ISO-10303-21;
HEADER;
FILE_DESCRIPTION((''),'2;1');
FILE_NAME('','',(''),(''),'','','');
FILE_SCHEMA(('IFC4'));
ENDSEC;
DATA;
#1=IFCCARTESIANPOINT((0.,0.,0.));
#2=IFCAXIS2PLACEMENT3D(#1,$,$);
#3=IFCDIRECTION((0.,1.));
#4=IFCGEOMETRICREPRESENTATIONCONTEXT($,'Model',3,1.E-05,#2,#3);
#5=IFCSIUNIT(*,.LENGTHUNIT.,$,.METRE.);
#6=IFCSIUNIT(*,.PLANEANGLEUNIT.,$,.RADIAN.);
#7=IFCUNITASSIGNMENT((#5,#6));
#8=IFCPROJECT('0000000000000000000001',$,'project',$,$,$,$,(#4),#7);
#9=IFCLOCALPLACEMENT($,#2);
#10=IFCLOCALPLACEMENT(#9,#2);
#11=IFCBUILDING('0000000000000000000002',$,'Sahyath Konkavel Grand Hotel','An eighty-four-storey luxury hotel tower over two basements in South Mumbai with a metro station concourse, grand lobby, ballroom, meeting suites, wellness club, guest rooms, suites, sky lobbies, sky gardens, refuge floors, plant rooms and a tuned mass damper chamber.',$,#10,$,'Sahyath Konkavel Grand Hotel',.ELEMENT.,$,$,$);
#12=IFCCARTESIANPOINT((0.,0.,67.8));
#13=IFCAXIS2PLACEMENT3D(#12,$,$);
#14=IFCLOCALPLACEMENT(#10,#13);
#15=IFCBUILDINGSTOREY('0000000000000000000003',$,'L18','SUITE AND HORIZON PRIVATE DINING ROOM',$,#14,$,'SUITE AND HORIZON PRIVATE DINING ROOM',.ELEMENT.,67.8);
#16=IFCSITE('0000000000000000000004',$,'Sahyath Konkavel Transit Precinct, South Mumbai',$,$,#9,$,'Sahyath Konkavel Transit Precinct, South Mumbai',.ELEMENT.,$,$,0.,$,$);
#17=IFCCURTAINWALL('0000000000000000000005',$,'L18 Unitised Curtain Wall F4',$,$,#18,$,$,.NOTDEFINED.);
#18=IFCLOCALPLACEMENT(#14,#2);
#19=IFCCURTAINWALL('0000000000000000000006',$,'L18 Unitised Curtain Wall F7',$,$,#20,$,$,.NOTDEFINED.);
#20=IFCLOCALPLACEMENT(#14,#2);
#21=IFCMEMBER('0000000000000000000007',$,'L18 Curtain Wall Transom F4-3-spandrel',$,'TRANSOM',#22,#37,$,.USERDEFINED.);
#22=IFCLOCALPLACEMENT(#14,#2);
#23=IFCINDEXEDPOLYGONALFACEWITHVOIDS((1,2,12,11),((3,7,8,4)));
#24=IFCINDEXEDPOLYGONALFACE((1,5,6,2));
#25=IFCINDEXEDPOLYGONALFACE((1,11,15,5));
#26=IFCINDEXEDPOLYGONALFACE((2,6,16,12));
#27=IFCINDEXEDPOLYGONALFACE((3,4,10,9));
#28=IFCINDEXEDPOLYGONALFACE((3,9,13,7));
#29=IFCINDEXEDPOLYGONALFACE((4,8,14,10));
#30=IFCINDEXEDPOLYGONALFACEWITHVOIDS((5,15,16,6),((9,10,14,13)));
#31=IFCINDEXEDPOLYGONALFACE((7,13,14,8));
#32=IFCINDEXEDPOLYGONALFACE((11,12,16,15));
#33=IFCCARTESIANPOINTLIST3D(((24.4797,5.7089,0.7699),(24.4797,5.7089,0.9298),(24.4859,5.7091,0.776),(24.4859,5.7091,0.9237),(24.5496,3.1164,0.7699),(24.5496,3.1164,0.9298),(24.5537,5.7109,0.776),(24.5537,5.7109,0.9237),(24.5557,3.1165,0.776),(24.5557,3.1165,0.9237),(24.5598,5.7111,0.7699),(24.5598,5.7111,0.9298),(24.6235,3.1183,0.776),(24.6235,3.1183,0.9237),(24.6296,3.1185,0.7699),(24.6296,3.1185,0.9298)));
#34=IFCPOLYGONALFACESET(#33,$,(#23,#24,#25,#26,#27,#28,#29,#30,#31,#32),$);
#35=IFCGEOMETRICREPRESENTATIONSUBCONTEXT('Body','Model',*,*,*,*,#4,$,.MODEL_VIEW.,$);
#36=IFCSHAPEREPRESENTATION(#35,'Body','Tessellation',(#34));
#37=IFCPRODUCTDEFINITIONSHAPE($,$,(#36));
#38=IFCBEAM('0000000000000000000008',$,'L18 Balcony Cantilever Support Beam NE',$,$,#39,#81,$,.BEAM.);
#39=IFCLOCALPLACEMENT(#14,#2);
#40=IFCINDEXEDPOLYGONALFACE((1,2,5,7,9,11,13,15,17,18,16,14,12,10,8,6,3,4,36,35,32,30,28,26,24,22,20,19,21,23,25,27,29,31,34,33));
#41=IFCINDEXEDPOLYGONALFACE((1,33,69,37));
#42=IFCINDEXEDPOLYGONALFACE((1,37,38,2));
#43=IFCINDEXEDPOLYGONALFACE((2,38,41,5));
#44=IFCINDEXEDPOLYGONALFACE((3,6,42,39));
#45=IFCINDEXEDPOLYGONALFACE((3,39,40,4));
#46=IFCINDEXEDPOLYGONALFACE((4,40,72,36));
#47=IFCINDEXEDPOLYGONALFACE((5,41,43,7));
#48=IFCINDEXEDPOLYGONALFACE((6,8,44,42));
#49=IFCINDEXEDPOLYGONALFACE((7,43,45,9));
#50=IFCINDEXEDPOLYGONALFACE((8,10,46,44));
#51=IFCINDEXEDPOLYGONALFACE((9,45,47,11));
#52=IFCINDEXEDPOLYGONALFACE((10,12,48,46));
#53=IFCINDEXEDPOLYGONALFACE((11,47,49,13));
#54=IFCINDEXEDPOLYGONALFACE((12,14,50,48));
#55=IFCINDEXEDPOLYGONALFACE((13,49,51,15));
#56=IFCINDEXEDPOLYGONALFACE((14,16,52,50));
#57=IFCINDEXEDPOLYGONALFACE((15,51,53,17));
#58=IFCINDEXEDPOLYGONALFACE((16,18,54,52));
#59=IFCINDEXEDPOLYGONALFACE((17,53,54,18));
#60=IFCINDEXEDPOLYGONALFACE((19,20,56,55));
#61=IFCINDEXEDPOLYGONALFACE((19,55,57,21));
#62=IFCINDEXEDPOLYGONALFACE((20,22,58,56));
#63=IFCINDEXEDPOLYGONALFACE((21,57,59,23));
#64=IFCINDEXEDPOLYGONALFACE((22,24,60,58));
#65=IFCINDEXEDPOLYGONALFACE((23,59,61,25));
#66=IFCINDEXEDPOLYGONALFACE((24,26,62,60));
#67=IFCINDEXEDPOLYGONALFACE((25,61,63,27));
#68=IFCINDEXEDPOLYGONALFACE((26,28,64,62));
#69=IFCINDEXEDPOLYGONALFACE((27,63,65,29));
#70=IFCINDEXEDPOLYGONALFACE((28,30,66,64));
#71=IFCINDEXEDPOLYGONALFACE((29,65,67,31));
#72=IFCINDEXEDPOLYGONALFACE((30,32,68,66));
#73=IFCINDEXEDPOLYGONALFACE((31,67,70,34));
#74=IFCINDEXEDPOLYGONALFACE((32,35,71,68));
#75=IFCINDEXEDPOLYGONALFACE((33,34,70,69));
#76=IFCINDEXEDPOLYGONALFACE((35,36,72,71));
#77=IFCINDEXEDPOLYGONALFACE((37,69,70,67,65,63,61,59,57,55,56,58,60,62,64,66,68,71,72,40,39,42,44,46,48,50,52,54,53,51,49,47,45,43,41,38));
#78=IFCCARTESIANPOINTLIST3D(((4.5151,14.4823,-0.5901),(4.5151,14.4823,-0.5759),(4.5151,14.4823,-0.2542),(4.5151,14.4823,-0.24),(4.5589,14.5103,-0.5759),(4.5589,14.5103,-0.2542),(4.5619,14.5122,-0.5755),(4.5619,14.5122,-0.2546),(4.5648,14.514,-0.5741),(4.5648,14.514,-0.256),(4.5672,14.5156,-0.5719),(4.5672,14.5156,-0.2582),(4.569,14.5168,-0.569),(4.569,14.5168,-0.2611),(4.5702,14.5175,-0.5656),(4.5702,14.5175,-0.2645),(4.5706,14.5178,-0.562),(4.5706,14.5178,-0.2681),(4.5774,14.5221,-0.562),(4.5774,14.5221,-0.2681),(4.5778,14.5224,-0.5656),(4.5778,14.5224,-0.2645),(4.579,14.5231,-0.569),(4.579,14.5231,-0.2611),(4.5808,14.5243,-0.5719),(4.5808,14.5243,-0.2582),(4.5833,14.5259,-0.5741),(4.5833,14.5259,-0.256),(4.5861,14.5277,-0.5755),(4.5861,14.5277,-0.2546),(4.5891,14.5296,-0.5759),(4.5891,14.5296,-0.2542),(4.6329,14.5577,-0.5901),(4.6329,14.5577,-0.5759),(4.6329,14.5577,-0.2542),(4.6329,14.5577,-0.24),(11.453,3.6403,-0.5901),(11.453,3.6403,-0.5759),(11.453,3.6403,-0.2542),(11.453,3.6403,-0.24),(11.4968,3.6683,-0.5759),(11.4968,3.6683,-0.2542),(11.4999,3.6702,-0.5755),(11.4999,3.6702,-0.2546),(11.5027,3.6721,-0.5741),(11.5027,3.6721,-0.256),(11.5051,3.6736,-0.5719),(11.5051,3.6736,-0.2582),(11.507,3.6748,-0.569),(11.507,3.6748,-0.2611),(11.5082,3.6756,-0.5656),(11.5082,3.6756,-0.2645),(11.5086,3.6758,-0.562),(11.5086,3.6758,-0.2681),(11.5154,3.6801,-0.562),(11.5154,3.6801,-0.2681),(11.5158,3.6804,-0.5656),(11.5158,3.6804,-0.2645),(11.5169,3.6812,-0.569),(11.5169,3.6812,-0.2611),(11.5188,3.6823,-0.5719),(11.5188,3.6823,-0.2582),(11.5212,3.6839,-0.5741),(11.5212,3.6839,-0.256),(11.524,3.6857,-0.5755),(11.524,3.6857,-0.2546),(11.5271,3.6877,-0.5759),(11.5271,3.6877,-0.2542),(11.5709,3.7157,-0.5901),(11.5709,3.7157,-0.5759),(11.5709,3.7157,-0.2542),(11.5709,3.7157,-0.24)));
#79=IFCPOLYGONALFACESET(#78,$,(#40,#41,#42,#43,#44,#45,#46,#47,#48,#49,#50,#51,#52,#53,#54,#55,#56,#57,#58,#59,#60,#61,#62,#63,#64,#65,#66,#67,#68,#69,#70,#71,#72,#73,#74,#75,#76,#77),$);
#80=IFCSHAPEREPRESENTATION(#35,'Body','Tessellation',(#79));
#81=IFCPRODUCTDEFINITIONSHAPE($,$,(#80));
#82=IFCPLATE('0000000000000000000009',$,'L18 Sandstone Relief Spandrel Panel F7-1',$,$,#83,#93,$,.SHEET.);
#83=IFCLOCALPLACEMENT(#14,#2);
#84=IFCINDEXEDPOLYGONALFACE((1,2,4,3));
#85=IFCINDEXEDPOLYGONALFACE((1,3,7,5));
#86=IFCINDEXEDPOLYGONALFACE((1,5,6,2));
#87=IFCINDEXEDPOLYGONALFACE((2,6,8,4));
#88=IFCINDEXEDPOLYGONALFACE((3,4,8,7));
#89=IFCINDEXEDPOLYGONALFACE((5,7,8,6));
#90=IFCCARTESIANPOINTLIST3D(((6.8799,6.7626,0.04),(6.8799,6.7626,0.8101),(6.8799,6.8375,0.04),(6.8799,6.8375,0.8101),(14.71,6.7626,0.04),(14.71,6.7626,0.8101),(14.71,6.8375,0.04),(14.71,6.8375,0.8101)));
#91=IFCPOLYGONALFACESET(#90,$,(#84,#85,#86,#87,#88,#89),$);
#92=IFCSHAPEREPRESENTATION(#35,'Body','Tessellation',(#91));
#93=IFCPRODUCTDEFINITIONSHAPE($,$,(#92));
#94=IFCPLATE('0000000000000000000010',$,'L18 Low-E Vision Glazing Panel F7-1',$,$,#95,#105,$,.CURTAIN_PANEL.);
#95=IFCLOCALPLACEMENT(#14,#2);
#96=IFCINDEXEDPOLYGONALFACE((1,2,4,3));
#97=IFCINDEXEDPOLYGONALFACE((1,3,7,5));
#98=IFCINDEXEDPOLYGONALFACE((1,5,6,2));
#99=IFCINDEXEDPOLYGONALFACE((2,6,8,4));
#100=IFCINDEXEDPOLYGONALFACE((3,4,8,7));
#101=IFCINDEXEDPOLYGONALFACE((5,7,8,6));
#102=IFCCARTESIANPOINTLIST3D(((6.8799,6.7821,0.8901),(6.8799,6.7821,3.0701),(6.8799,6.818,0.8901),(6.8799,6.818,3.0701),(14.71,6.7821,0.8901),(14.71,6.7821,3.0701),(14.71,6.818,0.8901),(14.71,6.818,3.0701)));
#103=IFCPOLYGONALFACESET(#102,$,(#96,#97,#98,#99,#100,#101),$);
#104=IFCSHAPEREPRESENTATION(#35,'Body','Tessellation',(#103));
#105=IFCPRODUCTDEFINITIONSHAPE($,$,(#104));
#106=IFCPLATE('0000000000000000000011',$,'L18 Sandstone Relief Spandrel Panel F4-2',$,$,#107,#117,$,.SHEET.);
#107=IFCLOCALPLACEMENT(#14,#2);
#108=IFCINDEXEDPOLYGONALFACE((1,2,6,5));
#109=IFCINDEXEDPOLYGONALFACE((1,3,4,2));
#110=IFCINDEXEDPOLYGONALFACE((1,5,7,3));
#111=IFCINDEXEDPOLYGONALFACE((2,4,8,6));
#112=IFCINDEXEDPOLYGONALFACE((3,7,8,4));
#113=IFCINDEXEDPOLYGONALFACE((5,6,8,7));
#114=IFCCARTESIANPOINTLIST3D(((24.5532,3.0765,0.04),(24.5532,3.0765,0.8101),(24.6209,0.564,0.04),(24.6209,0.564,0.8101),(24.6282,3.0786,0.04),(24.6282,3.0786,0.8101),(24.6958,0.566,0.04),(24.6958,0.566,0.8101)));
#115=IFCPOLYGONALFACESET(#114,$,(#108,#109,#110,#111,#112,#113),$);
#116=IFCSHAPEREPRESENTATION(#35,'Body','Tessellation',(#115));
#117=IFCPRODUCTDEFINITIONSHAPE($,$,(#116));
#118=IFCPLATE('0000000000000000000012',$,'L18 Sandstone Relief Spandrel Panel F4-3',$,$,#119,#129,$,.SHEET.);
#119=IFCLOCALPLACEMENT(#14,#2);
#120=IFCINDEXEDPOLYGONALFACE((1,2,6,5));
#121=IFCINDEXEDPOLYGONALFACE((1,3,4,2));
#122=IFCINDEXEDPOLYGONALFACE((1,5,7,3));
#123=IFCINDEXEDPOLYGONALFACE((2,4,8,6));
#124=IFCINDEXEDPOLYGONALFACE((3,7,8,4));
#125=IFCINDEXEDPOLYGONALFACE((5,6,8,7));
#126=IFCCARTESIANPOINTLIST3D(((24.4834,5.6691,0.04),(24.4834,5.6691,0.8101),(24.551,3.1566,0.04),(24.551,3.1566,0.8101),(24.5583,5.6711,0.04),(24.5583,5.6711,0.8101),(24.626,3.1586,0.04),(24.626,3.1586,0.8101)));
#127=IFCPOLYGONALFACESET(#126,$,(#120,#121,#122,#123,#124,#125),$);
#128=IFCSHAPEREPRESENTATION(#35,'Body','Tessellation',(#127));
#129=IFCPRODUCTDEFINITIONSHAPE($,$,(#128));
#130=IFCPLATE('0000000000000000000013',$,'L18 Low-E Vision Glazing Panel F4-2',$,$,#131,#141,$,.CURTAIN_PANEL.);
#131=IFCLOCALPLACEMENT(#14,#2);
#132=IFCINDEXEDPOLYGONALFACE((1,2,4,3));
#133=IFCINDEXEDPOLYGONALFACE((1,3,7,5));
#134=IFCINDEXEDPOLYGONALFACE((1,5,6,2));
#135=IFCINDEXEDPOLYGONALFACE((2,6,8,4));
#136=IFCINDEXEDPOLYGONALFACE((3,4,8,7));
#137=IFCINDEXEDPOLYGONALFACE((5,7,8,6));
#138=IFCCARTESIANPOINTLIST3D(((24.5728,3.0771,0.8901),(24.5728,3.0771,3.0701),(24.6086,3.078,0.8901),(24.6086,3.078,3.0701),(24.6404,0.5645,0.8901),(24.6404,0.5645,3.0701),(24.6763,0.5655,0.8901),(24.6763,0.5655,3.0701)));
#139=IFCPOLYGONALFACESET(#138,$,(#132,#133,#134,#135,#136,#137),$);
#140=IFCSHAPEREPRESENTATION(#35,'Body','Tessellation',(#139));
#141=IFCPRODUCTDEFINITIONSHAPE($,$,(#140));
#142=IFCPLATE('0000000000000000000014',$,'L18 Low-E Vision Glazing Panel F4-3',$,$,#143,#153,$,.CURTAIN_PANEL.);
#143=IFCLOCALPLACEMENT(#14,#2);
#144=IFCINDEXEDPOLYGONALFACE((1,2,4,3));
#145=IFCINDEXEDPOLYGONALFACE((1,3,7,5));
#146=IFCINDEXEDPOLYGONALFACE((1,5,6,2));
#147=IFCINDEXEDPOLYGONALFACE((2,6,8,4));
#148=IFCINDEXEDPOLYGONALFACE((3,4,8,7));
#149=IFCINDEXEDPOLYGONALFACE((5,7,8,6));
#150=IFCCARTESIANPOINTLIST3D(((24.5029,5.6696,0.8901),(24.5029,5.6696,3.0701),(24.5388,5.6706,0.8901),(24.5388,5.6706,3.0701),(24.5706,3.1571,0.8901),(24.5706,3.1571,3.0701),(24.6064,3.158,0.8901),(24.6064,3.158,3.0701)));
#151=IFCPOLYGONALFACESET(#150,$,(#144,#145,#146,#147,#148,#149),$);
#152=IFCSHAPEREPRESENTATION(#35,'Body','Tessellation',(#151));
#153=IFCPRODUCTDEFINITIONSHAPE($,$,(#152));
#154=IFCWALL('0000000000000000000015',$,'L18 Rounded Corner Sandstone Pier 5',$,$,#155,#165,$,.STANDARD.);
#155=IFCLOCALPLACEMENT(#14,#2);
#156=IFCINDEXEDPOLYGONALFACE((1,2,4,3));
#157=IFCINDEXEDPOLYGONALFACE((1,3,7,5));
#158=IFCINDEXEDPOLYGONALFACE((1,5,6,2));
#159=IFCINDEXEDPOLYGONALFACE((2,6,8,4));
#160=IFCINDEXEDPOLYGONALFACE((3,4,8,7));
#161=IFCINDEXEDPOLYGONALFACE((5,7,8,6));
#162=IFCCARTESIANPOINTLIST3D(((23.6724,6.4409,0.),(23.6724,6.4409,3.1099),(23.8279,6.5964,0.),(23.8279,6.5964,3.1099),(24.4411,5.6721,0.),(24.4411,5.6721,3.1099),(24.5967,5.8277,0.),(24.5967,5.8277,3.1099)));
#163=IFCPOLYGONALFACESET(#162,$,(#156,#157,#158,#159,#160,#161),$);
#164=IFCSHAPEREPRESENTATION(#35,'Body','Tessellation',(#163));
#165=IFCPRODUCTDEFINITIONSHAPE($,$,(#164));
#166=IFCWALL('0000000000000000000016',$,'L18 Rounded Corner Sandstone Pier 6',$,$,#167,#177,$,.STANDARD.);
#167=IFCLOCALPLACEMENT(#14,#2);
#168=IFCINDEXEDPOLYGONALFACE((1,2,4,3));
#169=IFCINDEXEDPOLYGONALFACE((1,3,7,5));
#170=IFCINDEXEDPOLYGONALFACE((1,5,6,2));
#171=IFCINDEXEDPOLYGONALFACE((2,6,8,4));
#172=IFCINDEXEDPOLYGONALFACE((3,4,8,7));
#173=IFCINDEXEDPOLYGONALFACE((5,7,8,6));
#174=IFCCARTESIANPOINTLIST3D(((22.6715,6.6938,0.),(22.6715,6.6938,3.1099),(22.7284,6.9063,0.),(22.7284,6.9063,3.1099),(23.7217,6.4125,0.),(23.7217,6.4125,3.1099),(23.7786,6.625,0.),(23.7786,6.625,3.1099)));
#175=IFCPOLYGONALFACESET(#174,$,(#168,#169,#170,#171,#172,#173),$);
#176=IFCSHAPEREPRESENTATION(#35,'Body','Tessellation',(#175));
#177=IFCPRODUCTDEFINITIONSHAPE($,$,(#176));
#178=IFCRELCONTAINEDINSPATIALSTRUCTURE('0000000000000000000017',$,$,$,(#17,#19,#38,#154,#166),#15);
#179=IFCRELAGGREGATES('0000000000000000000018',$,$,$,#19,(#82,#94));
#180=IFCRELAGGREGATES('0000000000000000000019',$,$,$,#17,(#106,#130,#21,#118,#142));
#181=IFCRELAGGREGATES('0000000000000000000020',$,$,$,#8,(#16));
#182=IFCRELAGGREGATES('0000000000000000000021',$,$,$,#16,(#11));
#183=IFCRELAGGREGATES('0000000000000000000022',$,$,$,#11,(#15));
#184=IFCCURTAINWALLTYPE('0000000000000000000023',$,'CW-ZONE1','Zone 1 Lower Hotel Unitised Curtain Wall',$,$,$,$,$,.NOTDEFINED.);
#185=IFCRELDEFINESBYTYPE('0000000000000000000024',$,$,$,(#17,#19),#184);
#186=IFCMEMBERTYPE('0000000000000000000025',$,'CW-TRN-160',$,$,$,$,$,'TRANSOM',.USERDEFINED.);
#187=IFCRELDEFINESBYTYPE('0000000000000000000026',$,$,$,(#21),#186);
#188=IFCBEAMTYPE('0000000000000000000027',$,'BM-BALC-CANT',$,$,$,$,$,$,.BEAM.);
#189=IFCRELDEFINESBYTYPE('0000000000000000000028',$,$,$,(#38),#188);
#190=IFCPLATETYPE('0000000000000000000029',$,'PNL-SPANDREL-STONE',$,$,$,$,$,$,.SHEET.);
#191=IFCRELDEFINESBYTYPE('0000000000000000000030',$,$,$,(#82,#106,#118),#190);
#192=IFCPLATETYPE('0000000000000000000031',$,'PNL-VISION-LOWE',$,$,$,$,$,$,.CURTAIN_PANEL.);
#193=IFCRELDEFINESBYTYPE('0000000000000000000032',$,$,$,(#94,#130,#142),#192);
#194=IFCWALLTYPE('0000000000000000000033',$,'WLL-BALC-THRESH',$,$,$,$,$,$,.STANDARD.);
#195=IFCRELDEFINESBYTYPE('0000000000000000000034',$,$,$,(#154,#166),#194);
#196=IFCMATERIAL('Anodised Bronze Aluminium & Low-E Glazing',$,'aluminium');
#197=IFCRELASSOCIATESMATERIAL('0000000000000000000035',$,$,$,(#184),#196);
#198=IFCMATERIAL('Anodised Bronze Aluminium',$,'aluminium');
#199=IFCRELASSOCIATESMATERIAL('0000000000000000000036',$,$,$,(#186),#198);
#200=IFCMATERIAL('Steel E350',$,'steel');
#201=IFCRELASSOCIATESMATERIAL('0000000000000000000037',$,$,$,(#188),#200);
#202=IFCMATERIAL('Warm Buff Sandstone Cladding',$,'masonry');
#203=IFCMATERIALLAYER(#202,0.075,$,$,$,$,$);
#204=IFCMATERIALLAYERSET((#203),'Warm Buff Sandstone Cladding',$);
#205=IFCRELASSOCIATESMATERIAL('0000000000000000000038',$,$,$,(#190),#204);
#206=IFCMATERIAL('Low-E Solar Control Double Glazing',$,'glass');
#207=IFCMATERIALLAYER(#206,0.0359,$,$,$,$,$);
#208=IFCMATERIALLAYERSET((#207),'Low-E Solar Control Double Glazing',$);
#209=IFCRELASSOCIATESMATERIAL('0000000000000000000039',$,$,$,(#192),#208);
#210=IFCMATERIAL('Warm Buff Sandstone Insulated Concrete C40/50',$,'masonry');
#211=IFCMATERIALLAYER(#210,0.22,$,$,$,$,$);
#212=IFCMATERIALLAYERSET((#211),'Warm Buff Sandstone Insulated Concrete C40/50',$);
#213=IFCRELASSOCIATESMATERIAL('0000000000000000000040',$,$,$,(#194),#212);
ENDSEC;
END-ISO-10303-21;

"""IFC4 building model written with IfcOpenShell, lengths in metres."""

from ifc_helpers import new_model, si_unit, direction, frame, frame_2d, origin, origin_2d, place, context, subcontext, project, spatial, rectangle, hollow_rectangle, i_section, extrude, source, transform, mapped, material, layer, layer_set, material_profile, profile_set, type_object, element, aggregate, save


model = new_model("IFC4")

# Units and contexts
model_context = context("Model", 3, precision=1e-05, world=origin(), true_north=direction((0.0, 1.0)))
body_context = subcontext(model_context, "Body", "Model", "MODEL_VIEW")
ifc_project = project(units=[si_unit("LENGTHUNIT", "METRE"), si_unit("PLANEANGLEUNIT", "RADIAN")], contexts=[model_context])

# Site, building, storey
site_placement = place(None, origin())
site = spatial("IfcSite", under=ifc_project, at=site_placement, Name="Sahyath Konkavel Transit Precinct, South Mumbai", LongName="Sahyath Konkavel Transit Precinct, South Mumbai", CompositionType="ELEMENT", RefElevation=0.0)
building_placement = place(site_placement, origin())
building = spatial("IfcBuilding", under=site, at=building_placement, Name="Sahyath Konkavel Grand Hotel", Description="An eighty-four-storey luxury hotel tower over two basements in South Mumbai with a metro station concourse, grand lobby, ballroom, meeting suites, wellness club, guest rooms, suites, sky lobbies, sky gardens, refuge floors, plant rooms and a tuned mass damper chamber.", LongName="Sahyath Konkavel Grand Hotel", CompositionType="ELEMENT")
storey_placement = place(building_placement, frame((0.0, 0.0, 67.8)))
storey = spatial("IfcBuildingStorey", under=building, at=storey_placement, Name="L18", Description="SUITE AND HORIZON PRIVATE DINING ROOM", LongName="SUITE AND HORIZON PRIVATE DINING ROOM", CompositionType="ELEMENT", Elevation=67.8)

# Shared definitions
ifc_material_1 = material(Name="Steel E350", Category="steel")

# Curtain walls
ifc_material_2 = material(Name="Anodised Bronze Aluminium & Low-E Glazing", Category="aluminium")
curtain_wall_type = type_object("IfcCurtainWallType", Name="CW-ZONE1", Description="Zone 1 Lower Hotel Unitised Curtain Wall", PredefinedType="NOTDEFINED", material=ifc_material_2)
curtain_wall_1_placement = place(storey_placement, origin())
curtain_wall_1 = element("IfcCurtainWall", 1, at=curtain_wall_1_placement, inside=storey, type_object=curtain_wall_type, Name="L18 Unitised Curtain Wall F4", PredefinedType="NOTDEFINED")
ifc_material_3 = material(Name="Anodised Bronze Aluminium", Category="aluminium")
curtain_wall_2_placement = place(storey_placement, origin())
curtain_wall_2 = element("IfcCurtainWall", 2, at=curtain_wall_2_placement, inside=storey, type_object=curtain_wall_type, Name="L18 Unitised Curtain Wall F7", PredefinedType="NOTDEFINED")

# Member
ifc_material_profile_1 = material_profile(ifc_material_3, hollow_rectangle(XDim=0.0801, YDim=0.1599, WallThickness=0.0061, at=origin_2d()), Name="RHS 160x80x6")
ifc_profile_set_1 = profile_set([ifc_material_profile_1], Name="Anodised Bronze Aluminium")
member_type_1 = type_object("IfcMemberType", Name="CW-TRN-160", ElementType="TRANSOM", PredefinedType="USERDEFINED", material=ifc_profile_set_1)
shared_shape_1 = source(origin(), body_context, "Body", "SweptSolid", [
    extrude(hollow_rectangle(XDim=0.0801, YDim=0.1599, WallThickness=0.0061, at=origin_2d()), origin(), (0.0, 0.0, 1.0), 2.5935),
])
member_1_placement = place(storey_placement, frame((24.5896, 3.1174, 0.8499), z_axis=(-0.026923, 0.999638, 0.0), x_axis=(-0.999638, -0.026923, 0.0)))
member_1 = element("IfcMember", 3, at=member_1_placement, type_object=member_type_1, Name="L18 Curtain Wall Transom F4-3-spandrel", ObjectType="TRANSOM", PredefinedType="USERDEFINED", context=body_context, shape_type="MappedRepresentation", body=[
    mapped(shared_shape_1, transform((0.0, 0.0, 0.0), scale=1.0)),
])

# Beam
ifc_material_profile_2 = material_profile(ifc_material_1, i_section(OverallWidth=0.1399, OverallDepth=0.3501, WebThickness=0.0081, FlangeThickness=0.0142, FilletRadius=0.0139, at=origin_2d()), Name="ISMB 350")
ifc_profile_set_2 = profile_set([ifc_material_profile_2], Name="Steel E350")
beam_type_1 = type_object("IfcBeamType", Name="BM-BALC-CANT", PredefinedType="BEAM", material=ifc_profile_set_2)
shared_shape_2 = source(origin(), body_context, "Body", "SweptSolid", [
    extrude(i_section(OverallWidth=0.1399, OverallDepth=0.3501, WebThickness=0.0081, FlangeThickness=0.0142, FilletRadius=0.0139, at=origin_2d()), origin(), (0.0, 0.0, 1.0), 12.8718),
])
beam_1_placement = place(storey_placement, frame((11.512, 3.678, -0.415), z_axis=(-0.539003, 0.842304, 0.0), x_axis=(-0.842304, -0.539003, 0.0)))
element("IfcBeam", 4, at=beam_1_placement, inside=storey, type_object=beam_type_1, Name="L18 Balcony Cantilever Support Beam NE", PredefinedType="BEAM", context=body_context, shape_type="MappedRepresentation", body=[
    mapped(shared_shape_2, transform((0.0, 0.0, 0.0), scale=1.0)),
])

# Plates
ifc_material_4 = material(Name="Warm Buff Sandstone Cladding", Category="masonry")
ifc_layer_1 = layer(ifc_material_4, 0.075)
ifc_layer_set_1 = layer_set([ifc_layer_1], Name="Warm Buff Sandstone Cladding")
plate_type_1 = type_object("IfcPlateType", Name="PNL-SPANDREL-STONE", PredefinedType="SHEET", material=ifc_layer_set_1)
shared_shape_3 = source(origin(), body_context, "Body", "SweptSolid", [
    extrude(rectangle(XDim=7.8301, YDim=0.075, at=origin_2d()), origin(), (0.0, 0.0, 1.0), 0.77),
])
plate_1_placement = place(storey_placement, frame((10.7949, 6.8, 0.04), z_axis=(0.0, 0.0, 1.0), x_axis=(-1.0, 0.0, 0.0)))
plate_1 = element("IfcPlate", 5, at=plate_1_placement, type_object=plate_type_1, Name="L18 Sandstone Relief Spandrel Panel F7-1", PredefinedType="SHEET", context=body_context, shape_type="MappedRepresentation", body=[
    mapped(shared_shape_3, transform((0.0, 0.0, 0.0), scale=1.0)),
])
ifc_material_5 = material(Name="Low-E Solar Control Double Glazing", Category="glass")
ifc_layer_2 = layer(ifc_material_5, 0.0359)
ifc_layer_set_2 = layer_set([ifc_layer_2], Name="Low-E Solar Control Double Glazing")
plate_type_2 = type_object("IfcPlateType", Name="PNL-VISION-LOWE", PredefinedType="CURTAIN_PANEL", material=ifc_layer_set_2)
shared_shape_4 = source(origin(), body_context, "Body", "SweptSolid", [
    extrude(rectangle(XDim=7.8301, YDim=0.0359, at=origin_2d()), origin(), (0.0, 0.0, 1.0), 2.1799),
])
plate_2_placement = place(storey_placement, frame((10.7949, 6.8, 0.8901), z_axis=(0.0, 0.0, 1.0), x_axis=(-1.0, 0.0, 0.0)))
plate_2 = element("IfcPlate", 6, at=plate_2_placement, type_object=plate_type_2, Name="L18 Low-E Vision Glazing Panel F7-1", PredefinedType="CURTAIN_PANEL", context=body_context, shape_type="MappedRepresentation", body=[
    mapped(shared_shape_4, transform((0.0, 0.0, 0.0), scale=1.0)),
])
aggregate(curtain_wall_2, [plate_1, plate_2])
shared_shape_5 = source(origin(), body_context, "Body", "SweptSolid", [
    extrude(rectangle(XDim=2.5134, YDim=0.075, at=origin_2d()), origin(), (0.0, 0.0, 1.0), 0.77),
])
plate_3_placement = place(storey_placement, frame((24.6245, 1.8213, 0.04), z_axis=(0.0, 0.0, 1.0), x_axis=(-0.02691, 0.999638, 0.0)))
plate_3 = element("IfcPlate", 7, at=plate_3_placement, type_object=plate_type_1, Name="L18 Sandstone Relief Spandrel Panel F4-2", PredefinedType="SHEET", context=body_context, shape_type="MappedRepresentation", body=[
    mapped(shared_shape_5, transform((0.0, 0.0, 0.0), scale=1.0)),
])
plate_4_placement = place(storey_placement, frame((24.5547, 4.4138, 0.04), z_axis=(0.0, 0.0, 1.0), x_axis=(-0.02691, 0.999638, 0.0)))
plate_4 = element("IfcPlate", 8, at=plate_4_placement, type_object=plate_type_1, Name="L18 Sandstone Relief Spandrel Panel F4-3", PredefinedType="SHEET", context=body_context, shape_type="MappedRepresentation", body=[
    mapped(shared_shape_5, transform((0.0, 0.0, 0.0), scale=1.0)),
])
shared_shape_6 = source(origin(), body_context, "Body", "SweptSolid", [
    extrude(rectangle(XDim=2.5134, YDim=0.0359, at=origin_2d()), origin(), (0.0, 0.0, 1.0), 2.1799),
])
plate_5_placement = place(storey_placement, frame((24.6245, 1.8213, 0.8901), z_axis=(0.0, 0.0, 1.0), x_axis=(-0.02691, 0.999638, 0.0)))
plate_5 = element("IfcPlate", 9, at=plate_5_placement, type_object=plate_type_2, Name="L18 Low-E Vision Glazing Panel F4-2", PredefinedType="CURTAIN_PANEL", context=body_context, shape_type="MappedRepresentation", body=[
    mapped(shared_shape_6, transform((0.0, 0.0, 0.0), scale=1.0)),
])
plate_6_placement = place(storey_placement, frame((24.5547, 4.4138, 0.8901), z_axis=(0.0, 0.0, 1.0), x_axis=(-0.02691, 0.999638, 0.0)))
plate_6 = element("IfcPlate", 10, at=plate_6_placement, type_object=plate_type_2, Name="L18 Low-E Vision Glazing Panel F4-3", PredefinedType="CURTAIN_PANEL", context=body_context, shape_type="MappedRepresentation", body=[
    mapped(shared_shape_6, transform((0.0, 0.0, 0.0), scale=1.0)),
])
aggregate(curtain_wall_1, [plate_3, plate_5, member_1, plate_4, plate_6])

# Walls
ifc_material_6 = material(Name="Warm Buff Sandstone Insulated Concrete C40/50", Category="masonry")
ifc_layer_3 = layer(ifc_material_6, 0.22)
ifc_layer_set_3 = layer_set([ifc_layer_3], Name="Warm Buff Sandstone Insulated Concrete C40/50")
wall_type_1 = type_object("IfcWallType", Name="WLL-BALC-THRESH", PredefinedType="STANDARD", material=ifc_layer_set_3)
for number, where, z_axis, x_axis, name in (
    (11, (24.5188, 5.75, 0.0), (0.0, 0.0, 1.0), (-0.707107, 0.707107, 0.0), "L18 Rounded Corner Sandstone Pier 5"),
    (12, (23.75, 6.5188, 0.0), (0.0, 0.0, 1.0), (-0.965951, 0.258725, 0.0), "L18 Rounded Corner Sandstone Pier 6"),
):
    element("IfcWall", number, at=place(storey_placement, frame(where, z_axis=z_axis, x_axis=x_axis)), inside=storey, type_object=wall_type_1, Name=name, PredefinedType="STANDARD", context=body_context, shape_type="SweptSolid", body=[
        extrude(rectangle(XDim=1.0872, YDim=0.22, at=frame_2d((0.5435, 0.0))), origin(), (0.0, 0.0, 1.0), 3.1099),
    ])

save(model, "model.ifc")
